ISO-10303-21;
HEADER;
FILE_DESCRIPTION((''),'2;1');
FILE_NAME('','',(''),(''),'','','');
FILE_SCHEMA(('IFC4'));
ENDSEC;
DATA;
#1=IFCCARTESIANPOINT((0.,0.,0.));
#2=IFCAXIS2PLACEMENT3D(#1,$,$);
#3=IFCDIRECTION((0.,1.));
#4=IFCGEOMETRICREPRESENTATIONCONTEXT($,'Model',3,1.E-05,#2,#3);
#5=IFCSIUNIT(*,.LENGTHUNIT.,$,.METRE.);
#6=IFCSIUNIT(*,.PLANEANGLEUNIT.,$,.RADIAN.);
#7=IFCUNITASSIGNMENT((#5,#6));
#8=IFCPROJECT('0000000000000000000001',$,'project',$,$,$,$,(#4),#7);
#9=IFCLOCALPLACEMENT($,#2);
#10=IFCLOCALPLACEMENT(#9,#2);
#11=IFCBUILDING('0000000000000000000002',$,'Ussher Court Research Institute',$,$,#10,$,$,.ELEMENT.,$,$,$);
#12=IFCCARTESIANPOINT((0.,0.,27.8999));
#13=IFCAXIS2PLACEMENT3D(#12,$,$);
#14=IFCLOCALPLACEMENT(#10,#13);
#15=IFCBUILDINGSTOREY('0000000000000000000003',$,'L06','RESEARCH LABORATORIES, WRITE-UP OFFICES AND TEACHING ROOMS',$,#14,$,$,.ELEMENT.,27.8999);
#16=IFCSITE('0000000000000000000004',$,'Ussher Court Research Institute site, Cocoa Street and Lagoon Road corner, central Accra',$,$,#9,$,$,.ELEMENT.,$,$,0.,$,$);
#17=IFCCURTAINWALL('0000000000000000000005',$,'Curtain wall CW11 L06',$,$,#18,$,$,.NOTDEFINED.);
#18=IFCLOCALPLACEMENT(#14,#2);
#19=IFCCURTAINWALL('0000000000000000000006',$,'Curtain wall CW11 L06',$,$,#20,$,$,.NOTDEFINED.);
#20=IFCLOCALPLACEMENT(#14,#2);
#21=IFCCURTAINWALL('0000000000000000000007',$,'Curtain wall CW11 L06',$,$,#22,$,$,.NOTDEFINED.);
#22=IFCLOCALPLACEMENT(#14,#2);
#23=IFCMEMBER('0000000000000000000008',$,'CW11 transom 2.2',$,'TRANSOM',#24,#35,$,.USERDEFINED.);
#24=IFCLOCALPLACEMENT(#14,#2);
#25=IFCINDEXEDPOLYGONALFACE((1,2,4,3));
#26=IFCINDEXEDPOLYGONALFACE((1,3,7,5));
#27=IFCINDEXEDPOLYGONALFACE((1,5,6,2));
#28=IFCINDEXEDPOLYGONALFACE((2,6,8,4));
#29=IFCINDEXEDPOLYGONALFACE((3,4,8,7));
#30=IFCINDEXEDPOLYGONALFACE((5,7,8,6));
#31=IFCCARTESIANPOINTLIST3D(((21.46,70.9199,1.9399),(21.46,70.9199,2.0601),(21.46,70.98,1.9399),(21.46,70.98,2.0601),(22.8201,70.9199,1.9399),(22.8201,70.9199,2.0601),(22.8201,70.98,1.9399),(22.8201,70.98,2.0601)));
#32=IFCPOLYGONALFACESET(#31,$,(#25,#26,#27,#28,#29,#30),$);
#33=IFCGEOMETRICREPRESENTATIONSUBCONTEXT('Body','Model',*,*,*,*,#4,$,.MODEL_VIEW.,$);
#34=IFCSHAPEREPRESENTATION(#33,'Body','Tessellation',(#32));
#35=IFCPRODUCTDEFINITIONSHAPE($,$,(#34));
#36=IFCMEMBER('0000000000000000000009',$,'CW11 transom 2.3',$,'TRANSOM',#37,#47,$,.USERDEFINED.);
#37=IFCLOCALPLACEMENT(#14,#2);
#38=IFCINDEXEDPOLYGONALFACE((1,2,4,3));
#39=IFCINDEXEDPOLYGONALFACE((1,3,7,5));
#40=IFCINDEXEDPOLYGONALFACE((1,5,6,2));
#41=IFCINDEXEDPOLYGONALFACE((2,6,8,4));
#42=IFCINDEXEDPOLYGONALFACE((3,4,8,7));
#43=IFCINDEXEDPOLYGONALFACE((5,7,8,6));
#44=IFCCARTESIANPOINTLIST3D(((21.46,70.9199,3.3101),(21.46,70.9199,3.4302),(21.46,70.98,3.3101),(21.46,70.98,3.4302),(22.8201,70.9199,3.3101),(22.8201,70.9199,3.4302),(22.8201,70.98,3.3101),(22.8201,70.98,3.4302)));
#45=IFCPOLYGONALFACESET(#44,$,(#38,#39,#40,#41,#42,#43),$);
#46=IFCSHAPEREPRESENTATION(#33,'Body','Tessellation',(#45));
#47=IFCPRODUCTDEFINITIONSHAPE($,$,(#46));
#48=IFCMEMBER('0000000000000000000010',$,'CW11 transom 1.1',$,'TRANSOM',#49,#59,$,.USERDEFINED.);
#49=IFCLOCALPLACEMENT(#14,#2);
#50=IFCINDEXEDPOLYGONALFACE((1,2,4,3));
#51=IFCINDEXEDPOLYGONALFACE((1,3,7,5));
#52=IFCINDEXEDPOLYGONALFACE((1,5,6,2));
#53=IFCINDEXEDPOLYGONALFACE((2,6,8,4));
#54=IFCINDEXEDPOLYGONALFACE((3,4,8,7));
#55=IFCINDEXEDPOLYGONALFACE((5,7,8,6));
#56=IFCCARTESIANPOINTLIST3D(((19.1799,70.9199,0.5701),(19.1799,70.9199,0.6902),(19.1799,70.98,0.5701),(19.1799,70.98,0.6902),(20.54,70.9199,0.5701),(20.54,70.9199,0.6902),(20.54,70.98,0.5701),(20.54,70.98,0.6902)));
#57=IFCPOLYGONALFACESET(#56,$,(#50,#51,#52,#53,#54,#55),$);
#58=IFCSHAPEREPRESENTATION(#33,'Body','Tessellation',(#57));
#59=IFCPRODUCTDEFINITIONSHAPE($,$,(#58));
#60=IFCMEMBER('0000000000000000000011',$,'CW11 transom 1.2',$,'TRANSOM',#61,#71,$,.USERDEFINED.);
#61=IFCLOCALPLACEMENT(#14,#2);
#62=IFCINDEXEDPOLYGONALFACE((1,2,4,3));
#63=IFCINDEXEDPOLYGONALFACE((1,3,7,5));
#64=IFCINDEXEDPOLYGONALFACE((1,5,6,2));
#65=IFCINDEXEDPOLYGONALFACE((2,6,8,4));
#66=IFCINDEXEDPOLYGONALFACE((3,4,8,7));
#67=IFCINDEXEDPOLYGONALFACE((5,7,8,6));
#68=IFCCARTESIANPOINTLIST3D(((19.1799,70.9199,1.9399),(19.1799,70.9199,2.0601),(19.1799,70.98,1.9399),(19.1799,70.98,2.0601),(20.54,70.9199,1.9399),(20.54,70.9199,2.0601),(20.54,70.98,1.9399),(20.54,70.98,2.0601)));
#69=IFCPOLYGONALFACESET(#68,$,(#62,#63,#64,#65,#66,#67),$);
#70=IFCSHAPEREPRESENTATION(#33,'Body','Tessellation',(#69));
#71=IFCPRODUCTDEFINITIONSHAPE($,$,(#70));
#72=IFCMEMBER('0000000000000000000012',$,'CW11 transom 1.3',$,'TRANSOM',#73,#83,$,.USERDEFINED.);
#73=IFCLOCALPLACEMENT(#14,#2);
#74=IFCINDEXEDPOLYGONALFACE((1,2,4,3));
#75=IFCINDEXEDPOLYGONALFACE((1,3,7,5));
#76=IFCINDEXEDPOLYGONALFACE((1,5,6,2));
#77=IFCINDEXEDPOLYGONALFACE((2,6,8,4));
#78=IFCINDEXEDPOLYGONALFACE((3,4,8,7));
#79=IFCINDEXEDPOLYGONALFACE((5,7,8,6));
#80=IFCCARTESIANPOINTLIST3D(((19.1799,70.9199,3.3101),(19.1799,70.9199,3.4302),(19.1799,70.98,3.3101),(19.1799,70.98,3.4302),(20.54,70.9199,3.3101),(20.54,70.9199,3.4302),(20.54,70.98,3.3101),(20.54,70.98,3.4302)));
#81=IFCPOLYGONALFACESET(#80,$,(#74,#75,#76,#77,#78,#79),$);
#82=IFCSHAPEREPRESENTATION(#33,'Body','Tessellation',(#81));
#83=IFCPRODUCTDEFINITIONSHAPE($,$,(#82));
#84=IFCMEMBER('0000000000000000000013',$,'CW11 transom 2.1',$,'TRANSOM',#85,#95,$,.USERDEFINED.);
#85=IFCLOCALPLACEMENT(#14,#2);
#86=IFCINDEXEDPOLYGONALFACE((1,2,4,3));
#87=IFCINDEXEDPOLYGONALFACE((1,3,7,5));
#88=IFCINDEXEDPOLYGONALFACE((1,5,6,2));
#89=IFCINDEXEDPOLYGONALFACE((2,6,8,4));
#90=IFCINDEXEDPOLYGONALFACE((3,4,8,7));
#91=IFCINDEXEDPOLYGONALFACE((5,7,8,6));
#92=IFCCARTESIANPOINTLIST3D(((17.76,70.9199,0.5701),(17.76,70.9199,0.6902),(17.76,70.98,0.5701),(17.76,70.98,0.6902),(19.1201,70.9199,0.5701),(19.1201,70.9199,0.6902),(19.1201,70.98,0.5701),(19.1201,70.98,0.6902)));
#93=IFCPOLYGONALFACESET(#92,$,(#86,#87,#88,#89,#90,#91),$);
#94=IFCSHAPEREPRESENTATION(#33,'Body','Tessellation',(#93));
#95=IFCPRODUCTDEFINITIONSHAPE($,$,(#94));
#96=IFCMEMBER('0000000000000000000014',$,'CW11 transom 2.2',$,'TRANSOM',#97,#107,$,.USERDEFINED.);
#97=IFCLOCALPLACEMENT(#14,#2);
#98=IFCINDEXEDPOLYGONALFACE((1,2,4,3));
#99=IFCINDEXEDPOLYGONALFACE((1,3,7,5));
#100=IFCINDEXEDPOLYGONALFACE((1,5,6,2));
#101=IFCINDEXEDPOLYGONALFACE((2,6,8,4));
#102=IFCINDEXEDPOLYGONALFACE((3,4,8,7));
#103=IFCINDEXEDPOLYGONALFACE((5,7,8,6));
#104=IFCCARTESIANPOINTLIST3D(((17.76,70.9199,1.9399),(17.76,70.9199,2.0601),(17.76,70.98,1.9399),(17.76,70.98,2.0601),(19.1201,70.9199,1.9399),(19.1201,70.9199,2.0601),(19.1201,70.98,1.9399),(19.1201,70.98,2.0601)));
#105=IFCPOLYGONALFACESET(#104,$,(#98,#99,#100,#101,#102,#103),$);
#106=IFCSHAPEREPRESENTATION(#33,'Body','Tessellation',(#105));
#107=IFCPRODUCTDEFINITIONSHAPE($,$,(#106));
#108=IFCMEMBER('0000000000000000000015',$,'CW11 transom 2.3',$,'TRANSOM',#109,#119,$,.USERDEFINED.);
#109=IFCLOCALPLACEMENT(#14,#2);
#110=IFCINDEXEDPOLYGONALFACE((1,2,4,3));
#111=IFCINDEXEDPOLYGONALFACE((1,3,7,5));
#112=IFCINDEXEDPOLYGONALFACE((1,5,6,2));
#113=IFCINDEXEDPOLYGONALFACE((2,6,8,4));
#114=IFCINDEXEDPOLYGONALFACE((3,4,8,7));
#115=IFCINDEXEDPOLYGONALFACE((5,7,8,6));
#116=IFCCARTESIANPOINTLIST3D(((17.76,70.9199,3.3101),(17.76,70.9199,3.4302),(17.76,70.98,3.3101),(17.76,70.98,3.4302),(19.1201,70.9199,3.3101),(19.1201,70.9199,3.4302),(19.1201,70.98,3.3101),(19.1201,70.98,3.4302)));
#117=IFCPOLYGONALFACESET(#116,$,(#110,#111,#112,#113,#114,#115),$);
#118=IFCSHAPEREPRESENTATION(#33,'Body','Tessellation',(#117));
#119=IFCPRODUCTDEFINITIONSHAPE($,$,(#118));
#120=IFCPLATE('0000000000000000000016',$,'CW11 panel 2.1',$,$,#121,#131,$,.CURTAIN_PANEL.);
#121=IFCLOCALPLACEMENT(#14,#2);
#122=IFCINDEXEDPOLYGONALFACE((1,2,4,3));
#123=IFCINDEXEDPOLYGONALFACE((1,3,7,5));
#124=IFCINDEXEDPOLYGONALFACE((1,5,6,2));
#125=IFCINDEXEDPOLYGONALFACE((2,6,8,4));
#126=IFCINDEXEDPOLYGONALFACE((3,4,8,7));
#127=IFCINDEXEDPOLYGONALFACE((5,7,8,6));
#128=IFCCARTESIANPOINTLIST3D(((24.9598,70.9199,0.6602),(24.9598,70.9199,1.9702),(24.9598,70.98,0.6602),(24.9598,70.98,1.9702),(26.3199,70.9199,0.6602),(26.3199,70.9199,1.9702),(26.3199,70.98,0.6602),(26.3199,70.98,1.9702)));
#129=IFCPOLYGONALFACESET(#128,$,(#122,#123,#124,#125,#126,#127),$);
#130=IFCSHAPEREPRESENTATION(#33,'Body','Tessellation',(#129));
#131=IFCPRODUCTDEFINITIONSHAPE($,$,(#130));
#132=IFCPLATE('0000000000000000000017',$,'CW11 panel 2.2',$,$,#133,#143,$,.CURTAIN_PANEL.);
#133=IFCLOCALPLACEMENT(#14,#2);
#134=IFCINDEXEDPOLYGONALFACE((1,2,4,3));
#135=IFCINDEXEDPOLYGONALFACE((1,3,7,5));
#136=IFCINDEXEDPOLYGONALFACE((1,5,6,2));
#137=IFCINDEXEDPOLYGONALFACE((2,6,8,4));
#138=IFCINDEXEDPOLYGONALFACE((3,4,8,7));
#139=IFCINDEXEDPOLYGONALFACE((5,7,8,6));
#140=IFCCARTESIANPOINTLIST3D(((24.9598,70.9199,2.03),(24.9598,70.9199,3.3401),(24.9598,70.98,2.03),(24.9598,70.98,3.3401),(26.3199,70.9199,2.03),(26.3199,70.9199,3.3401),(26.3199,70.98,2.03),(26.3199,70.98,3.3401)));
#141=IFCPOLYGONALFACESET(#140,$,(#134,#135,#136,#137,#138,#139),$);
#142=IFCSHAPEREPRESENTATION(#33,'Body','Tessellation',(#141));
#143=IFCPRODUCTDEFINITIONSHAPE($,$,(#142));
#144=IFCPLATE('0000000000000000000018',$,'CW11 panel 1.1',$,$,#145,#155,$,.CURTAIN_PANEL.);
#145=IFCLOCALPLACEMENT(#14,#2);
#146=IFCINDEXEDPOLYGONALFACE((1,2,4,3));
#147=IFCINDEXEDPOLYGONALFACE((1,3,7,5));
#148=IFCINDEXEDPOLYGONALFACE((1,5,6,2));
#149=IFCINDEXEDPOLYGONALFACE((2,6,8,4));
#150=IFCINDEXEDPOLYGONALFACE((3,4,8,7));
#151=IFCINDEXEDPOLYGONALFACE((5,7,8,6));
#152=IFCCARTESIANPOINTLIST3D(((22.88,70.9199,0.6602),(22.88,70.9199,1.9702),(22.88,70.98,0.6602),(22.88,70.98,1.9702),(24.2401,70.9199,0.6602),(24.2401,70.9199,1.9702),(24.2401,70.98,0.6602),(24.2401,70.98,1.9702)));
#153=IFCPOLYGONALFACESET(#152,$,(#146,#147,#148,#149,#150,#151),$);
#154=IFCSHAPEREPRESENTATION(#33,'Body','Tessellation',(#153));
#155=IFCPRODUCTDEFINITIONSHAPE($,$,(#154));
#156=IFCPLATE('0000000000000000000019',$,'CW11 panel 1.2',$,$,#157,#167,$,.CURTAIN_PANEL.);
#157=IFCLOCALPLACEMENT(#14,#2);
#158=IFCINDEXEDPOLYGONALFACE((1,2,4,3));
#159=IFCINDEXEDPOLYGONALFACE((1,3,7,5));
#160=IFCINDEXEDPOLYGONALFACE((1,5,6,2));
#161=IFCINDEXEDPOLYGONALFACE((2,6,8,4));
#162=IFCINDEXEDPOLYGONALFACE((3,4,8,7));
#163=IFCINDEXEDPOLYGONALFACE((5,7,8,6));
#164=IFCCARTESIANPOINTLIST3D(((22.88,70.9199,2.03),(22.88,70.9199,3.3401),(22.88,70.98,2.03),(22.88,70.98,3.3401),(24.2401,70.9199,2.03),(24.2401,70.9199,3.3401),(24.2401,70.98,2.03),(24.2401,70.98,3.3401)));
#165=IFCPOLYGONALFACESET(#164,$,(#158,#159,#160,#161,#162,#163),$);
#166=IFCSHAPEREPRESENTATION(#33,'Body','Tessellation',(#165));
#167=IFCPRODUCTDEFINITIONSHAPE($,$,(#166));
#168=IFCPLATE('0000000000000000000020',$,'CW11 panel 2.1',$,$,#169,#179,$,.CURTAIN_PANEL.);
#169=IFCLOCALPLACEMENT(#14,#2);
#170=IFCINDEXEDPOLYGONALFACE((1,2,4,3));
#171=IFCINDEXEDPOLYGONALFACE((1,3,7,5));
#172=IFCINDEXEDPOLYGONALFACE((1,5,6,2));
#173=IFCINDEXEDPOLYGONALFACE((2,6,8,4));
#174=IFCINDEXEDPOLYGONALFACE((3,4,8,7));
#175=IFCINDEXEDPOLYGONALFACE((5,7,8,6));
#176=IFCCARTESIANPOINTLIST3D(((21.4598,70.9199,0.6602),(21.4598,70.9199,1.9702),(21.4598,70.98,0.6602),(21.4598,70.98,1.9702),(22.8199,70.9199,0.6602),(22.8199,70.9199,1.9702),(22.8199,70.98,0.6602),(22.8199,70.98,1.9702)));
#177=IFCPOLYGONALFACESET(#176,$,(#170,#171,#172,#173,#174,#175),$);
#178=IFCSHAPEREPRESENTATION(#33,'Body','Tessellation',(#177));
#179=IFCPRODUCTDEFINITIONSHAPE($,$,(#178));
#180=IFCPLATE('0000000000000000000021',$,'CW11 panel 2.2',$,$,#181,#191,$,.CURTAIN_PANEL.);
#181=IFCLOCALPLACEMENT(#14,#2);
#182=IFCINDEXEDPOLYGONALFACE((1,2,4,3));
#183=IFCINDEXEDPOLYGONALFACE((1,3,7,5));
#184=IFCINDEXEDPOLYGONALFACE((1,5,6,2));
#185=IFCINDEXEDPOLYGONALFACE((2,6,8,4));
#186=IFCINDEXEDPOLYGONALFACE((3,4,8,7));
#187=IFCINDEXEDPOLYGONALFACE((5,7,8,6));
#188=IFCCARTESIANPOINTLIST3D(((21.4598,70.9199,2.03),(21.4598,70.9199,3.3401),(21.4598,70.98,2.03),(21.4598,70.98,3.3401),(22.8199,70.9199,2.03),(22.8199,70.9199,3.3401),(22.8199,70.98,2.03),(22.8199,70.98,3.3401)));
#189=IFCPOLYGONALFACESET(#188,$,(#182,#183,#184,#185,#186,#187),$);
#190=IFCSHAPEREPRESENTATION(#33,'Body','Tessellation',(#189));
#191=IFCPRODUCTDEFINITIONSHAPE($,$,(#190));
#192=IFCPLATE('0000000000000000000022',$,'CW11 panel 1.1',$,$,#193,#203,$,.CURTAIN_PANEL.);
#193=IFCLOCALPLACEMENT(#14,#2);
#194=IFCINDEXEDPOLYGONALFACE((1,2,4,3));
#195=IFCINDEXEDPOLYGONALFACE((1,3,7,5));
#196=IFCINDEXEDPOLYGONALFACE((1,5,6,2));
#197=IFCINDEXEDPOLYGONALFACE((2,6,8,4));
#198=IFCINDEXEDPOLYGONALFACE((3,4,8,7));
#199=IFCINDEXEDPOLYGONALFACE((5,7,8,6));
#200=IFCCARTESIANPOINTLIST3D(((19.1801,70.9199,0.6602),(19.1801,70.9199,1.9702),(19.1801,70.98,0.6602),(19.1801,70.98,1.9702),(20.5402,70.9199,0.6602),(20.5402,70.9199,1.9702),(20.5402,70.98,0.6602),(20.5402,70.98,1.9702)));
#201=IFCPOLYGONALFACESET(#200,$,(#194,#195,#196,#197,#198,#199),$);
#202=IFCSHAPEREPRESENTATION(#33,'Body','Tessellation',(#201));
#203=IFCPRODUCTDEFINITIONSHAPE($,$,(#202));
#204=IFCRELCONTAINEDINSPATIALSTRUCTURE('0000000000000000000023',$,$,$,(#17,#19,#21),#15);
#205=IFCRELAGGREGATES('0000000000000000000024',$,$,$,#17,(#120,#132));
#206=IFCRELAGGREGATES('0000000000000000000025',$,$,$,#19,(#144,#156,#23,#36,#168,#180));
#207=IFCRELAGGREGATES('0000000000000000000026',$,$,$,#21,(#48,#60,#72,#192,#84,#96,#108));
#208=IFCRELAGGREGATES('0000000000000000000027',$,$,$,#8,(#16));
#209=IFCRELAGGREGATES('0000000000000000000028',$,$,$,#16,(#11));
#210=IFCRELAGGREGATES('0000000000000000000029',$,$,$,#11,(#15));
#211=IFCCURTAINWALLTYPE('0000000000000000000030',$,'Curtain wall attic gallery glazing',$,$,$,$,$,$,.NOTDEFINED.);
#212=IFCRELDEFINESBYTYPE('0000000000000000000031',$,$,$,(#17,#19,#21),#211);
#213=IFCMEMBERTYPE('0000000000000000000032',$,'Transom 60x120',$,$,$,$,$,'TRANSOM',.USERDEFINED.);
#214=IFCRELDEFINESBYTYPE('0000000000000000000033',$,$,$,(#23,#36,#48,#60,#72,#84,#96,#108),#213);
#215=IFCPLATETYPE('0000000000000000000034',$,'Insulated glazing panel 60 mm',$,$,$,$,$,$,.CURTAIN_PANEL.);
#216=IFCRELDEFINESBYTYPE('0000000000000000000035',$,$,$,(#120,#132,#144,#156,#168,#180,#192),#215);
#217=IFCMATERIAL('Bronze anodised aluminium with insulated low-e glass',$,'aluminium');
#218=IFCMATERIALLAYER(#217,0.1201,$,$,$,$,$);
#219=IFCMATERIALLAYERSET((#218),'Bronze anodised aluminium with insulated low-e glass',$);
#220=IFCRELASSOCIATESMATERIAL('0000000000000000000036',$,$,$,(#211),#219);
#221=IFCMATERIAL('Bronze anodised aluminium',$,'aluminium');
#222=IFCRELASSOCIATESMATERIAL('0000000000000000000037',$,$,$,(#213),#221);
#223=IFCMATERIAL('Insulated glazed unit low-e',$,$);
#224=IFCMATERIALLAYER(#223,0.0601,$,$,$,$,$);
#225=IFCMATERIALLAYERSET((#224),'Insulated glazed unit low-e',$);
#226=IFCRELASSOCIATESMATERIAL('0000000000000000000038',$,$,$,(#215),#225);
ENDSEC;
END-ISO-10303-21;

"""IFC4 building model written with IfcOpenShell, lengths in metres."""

from ifc_helpers import new_model, si_unit, direction, frame, origin, origin_2d, place, context, subcontext, project, spatial, rectangle, extrude, material, layer, layer_set, material_profile, profile_set, type_object, element, aggregate, save


model = new_model("IFC4")

# Units and contexts
model_context = context("Model", 3, precision=1e-05, world=origin(), true_north=direction((0.0, 1.0)))
body_context = subcontext(model_context, "Body", "Model", "MODEL_VIEW")
ifc_project = project(units=[si_unit("LENGTHUNIT", "METRE"), si_unit("PLANEANGLEUNIT", "RADIAN")], contexts=[model_context])

# Site, building, storey
site_placement = place(None, origin())
site = spatial("IfcSite", under=ifc_project, at=site_placement, Name="Ussher Court Research Institute site, Cocoa Street and Lagoon Road corner, central Accra", CompositionType="ELEMENT", RefElevation=0.0)
building_placement = place(site_placement, origin())
building = spatial("IfcBuilding", under=site, at=building_placement, Name="Ussher Court Research Institute", CompositionType="ELEMENT")
storey_placement = place(building_placement, frame((0.0, 0.0, 27.8999)))
storey = spatial("IfcBuildingStorey", under=building, at=storey_placement, Name="L06", Description="RESEARCH LABORATORIES, WRITE-UP OFFICES AND TEACHING ROOMS", CompositionType="ELEMENT", Elevation=27.8999)

# Curtain wall
ifc_material_1 = material(Name="Bronze anodised aluminium with insulated low-e glass", Category="aluminium")
ifc_layer_1 = layer(ifc_material_1, 0.1201)
ifc_layer_set_1 = layer_set([ifc_layer_1], Name="Bronze anodised aluminium with insulated low-e glass")
curtain_wall_type = type_object("IfcCurtainWallType", Name="Curtain wall attic gallery glazing", PredefinedType="NOTDEFINED", material=ifc_layer_set_1)
curtain_wall_1_placement = place(storey_placement, origin())
curtain_wall_1 = element("IfcCurtainWall", 1, at=curtain_wall_1_placement, inside=storey, type_object=curtain_wall_type, Name="Curtain wall CW11 L06", PredefinedType="NOTDEFINED")

# Curtain walls
curtain_wall_2_placement = place(storey_placement, origin())
curtain_wall_2 = element("IfcCurtainWall", 2, at=curtain_wall_2_placement, inside=storey, type_object=curtain_wall_type, Name="Curtain wall CW11 L06", PredefinedType="NOTDEFINED")
curtain_wall_3_placement = place(storey_placement, origin())
curtain_wall_3 = element("IfcCurtainWall", 3, at=curtain_wall_3_placement, inside=storey, type_object=curtain_wall_type, Name="Curtain wall CW11 L06", PredefinedType="NOTDEFINED")

# Members
ifc_material_2 = material(Name="Bronze anodised aluminium", Category="aluminium")
ifc_material_profile_1 = material_profile(ifc_material_2, rectangle(XDim=0.0601, YDim=0.1201, at=origin_2d()), Name="Transom 60x120")
ifc_profile_set_1 = profile_set([ifc_material_profile_1], Name="Bronze anodised aluminium")
member_type_1 = type_object("IfcMemberType", Name="Transom 60x120", ElementType="TRANSOM", PredefinedType="USERDEFINED", material=ifc_profile_set_1)
member_1_placement = place(storey_placement, frame((22.8201, 70.95, 2.0), z_axis=(-1.0, 0.0, 0.0), x_axis=(0.0, -1.0, 0.0)))
member_1 = element("IfcMember", 4, at=member_1_placement, type_object=member_type_1, Name="CW11 transom 2.2", ObjectType="TRANSOM", PredefinedType="USERDEFINED", context=body_context, shape_type="SweptSolid", body=[
    extrude(rectangle(XDim=0.0601, YDim=0.1201, at=origin_2d()), origin(), (0.0, 0.0, 1.0), 1.3601),
])
member_2_placement = place(storey_placement, frame((22.8201, 70.95, 3.3701), z_axis=(-1.0, 0.0, 0.0), x_axis=(0.0, -1.0, 0.0)))
member_2 = element("IfcMember", 5, at=member_2_placement, type_object=member_type_1, Name="CW11 transom 2.3", ObjectType="TRANSOM", PredefinedType="USERDEFINED", context=body_context, shape_type="SweptSolid", body=[
    extrude(rectangle(XDim=0.0601, YDim=0.1201, at=origin_2d()), origin(), (0.0, 0.0, 1.0), 1.3601),
])
member_3_placement = place(storey_placement, frame((20.54, 70.95, 0.6301), z_axis=(-1.0, 0.0, 0.0), x_axis=(0.0, -1.0, 0.0)))
member_3 = element("IfcMember", 6, at=member_3_placement, type_object=member_type_1, Name="CW11 transom 1.1", ObjectType="TRANSOM", PredefinedType="USERDEFINED", context=body_context, shape_type="SweptSolid", body=[
    extrude(rectangle(XDim=0.0601, YDim=0.1201, at=origin_2d()), origin(), (0.0, 0.0, 1.0), 1.3601),
])
member_4_placement = place(storey_placement, frame((20.54, 70.95, 2.0), z_axis=(-1.0, 0.0, 0.0), x_axis=(0.0, -1.0, 0.0)))
member_4 = element("IfcMember", 7, at=member_4_placement, type_object=member_type_1, Name="CW11 transom 1.2", ObjectType="TRANSOM", PredefinedType="USERDEFINED", context=body_context, shape_type="SweptSolid", body=[
    extrude(rectangle(XDim=0.0601, YDim=0.1201, at=origin_2d()), origin(), (0.0, 0.0, 1.0), 1.3601),
])
member_5_placement = place(storey_placement, frame((20.54, 70.95, 3.3701), z_axis=(-1.0, 0.0, 0.0), x_axis=(0.0, -1.0, 0.0)))
member_5 = element("IfcMember", 8, at=member_5_placement, type_object=member_type_1, Name="CW11 transom 1.3", ObjectType="TRANSOM", PredefinedType="USERDEFINED", context=body_context, shape_type="SweptSolid", body=[
    extrude(rectangle(XDim=0.0601, YDim=0.1201, at=origin_2d()), origin(), (0.0, 0.0, 1.0), 1.3601),
])
member_6_placement = place(storey_placement, frame((19.1201, 70.95, 0.6301), z_axis=(-1.0, 0.0, 0.0), x_axis=(0.0, -1.0, 0.0)))
member_6 = element("IfcMember", 9, at=member_6_placement, type_object=member_type_1, Name="CW11 transom 2.1", ObjectType="TRANSOM", PredefinedType="USERDEFINED", context=body_context, shape_type="SweptSolid", body=[
    extrude(rectangle(XDim=0.0601, YDim=0.1201, at=origin_2d()), origin(), (0.0, 0.0, 1.0), 1.3601),
])
member_7_placement = place(storey_placement, frame((19.1201, 70.95, 2.0), z_axis=(-1.0, 0.0, 0.0), x_axis=(0.0, -1.0, 0.0)))
member_7 = element("IfcMember", 10, at=member_7_placement, type_object=member_type_1, Name="CW11 transom 2.2", ObjectType="TRANSOM", PredefinedType="USERDEFINED", context=body_context, shape_type="SweptSolid", body=[
    extrude(rectangle(XDim=0.0601, YDim=0.1201, at=origin_2d()), origin(), (0.0, 0.0, 1.0), 1.3601),
])
member_8_placement = place(storey_placement, frame((19.1201, 70.95, 3.3701), z_axis=(-1.0, 0.0, 0.0), x_axis=(0.0, -1.0, 0.0)))
member_8 = element("IfcMember", 11, at=member_8_placement, type_object=member_type_1, Name="CW11 transom 2.3", ObjectType="TRANSOM", PredefinedType="USERDEFINED", context=body_context, shape_type="SweptSolid", body=[
    extrude(rectangle(XDim=0.0601, YDim=0.1201, at=origin_2d()), origin(), (0.0, 0.0, 1.0), 1.3601),
])

# Plates
ifc_material_3 = material(Name="Insulated glazed unit low-e")
ifc_layer_2 = layer(ifc_material_3, 0.0601)
ifc_layer_set_2 = layer_set([ifc_layer_2], Name="Insulated glazed unit low-e")
plate_type = type_object("IfcPlateType", Name="Insulated glazing panel 60 mm", PredefinedType="CURTAIN_PANEL", material=ifc_layer_set_2)
plate_1_placement = place(storey_placement, frame((25.6399, 70.95, 0.6602), z_axis=(0.0, 0.0, 1.0), x_axis=(-1.0, 0.0, 0.0)))
plate_1 = element("IfcPlate", 12, at=plate_1_placement, type_object=plate_type, Name="CW11 panel 2.1", PredefinedType="CURTAIN_PANEL", context=body_context, shape_type="SweptSolid", body=[
    extrude(rectangle(XDim=1.3601, YDim=0.0601, at=origin_2d()), origin(), (0.0, 0.0, 1.0), 1.3101),
])
plate_2_placement = place(storey_placement, frame((25.6399, 70.95, 2.03), z_axis=(0.0, 0.0, 1.0), x_axis=(-1.0, 0.0, 0.0)))
plate_2 = element("IfcPlate", 13, at=plate_2_placement, type_object=plate_type, Name="CW11 panel 2.2", PredefinedType="CURTAIN_PANEL", context=body_context, shape_type="SweptSolid", body=[
    extrude(rectangle(XDim=1.3601, YDim=0.0601, at=origin_2d()), origin(), (0.0, 0.0, 1.0), 1.3101),
])
aggregate(curtain_wall_1, [plate_1, plate_2])
plate_3_placement = place(storey_placement, frame((23.5601, 70.95, 0.6602), z_axis=(0.0, 0.0, 1.0), x_axis=(-1.0, 0.0, 0.0)))
plate_3 = element("IfcPlate", 14, at=plate_3_placement, type_object=plate_type, Name="CW11 panel 1.1", PredefinedType="CURTAIN_PANEL", context=body_context, shape_type="SweptSolid", body=[
    extrude(rectangle(XDim=1.3601, YDim=0.0601, at=origin_2d()), origin(), (0.0, 0.0, 1.0), 1.3101),
])
plate_4_placement = place(storey_placement, frame((23.5601, 70.95, 2.03), z_axis=(0.0, 0.0, 1.0), x_axis=(-1.0, 0.0, 0.0)))
plate_4 = element("IfcPlate", 15, at=plate_4_placement, type_object=plate_type, Name="CW11 panel 1.2", PredefinedType="CURTAIN_PANEL", context=body_context, shape_type="SweptSolid", body=[
    extrude(rectangle(XDim=1.3601, YDim=0.0601, at=origin_2d()), origin(), (0.0, 0.0, 1.0), 1.3101),
])
plate_5_placement = place(storey_placement, frame((22.1399, 70.95, 0.6602), z_axis=(0.0, 0.0, 1.0), x_axis=(-1.0, 0.0, 0.0)))
plate_5 = element("IfcPlate", 16, at=plate_5_placement, type_object=plate_type, Name="CW11 panel 2.1", PredefinedType="CURTAIN_PANEL", context=body_context, shape_type="SweptSolid", body=[
    extrude(rectangle(XDim=1.3601, YDim=0.0601, at=origin_2d()), origin(), (0.0, 0.0, 1.0), 1.3101),
])
plate_6_placement = place(storey_placement, frame((22.1399, 70.95, 2.03), z_axis=(0.0, 0.0, 1.0), x_axis=(-1.0, 0.0, 0.0)))
plate_6 = element("IfcPlate", 17, at=plate_6_placement, type_object=plate_type, Name="CW11 panel 2.2", PredefinedType="CURTAIN_PANEL", context=body_context, shape_type="SweptSolid", body=[
    extrude(rectangle(XDim=1.3601, YDim=0.0601, at=origin_2d()), origin(), (0.0, 0.0, 1.0), 1.3101),
])
aggregate(curtain_wall_2, [plate_3, plate_4, member_1, member_2, plate_5, plate_6])
plate_7_placement = place(storey_placement, frame((19.8601, 70.95, 0.6602), z_axis=(0.0, 0.0, 1.0), x_axis=(-1.0, 0.0, 0.0)))
plate_7 = element("IfcPlate", 18, at=plate_7_placement, type_object=plate_type, Name="CW11 panel 1.1", PredefinedType="CURTAIN_PANEL", context=body_context, shape_type="SweptSolid", body=[
    extrude(rectangle(XDim=1.3601, YDim=0.0601, at=origin_2d()), origin(), (0.0, 0.0, 1.0), 1.3101),
])
aggregate(curtain_wall_3, [member_3, member_4, member_5, plate_7, member_6, member_7, member_8])

save(model, "model.ifc")
